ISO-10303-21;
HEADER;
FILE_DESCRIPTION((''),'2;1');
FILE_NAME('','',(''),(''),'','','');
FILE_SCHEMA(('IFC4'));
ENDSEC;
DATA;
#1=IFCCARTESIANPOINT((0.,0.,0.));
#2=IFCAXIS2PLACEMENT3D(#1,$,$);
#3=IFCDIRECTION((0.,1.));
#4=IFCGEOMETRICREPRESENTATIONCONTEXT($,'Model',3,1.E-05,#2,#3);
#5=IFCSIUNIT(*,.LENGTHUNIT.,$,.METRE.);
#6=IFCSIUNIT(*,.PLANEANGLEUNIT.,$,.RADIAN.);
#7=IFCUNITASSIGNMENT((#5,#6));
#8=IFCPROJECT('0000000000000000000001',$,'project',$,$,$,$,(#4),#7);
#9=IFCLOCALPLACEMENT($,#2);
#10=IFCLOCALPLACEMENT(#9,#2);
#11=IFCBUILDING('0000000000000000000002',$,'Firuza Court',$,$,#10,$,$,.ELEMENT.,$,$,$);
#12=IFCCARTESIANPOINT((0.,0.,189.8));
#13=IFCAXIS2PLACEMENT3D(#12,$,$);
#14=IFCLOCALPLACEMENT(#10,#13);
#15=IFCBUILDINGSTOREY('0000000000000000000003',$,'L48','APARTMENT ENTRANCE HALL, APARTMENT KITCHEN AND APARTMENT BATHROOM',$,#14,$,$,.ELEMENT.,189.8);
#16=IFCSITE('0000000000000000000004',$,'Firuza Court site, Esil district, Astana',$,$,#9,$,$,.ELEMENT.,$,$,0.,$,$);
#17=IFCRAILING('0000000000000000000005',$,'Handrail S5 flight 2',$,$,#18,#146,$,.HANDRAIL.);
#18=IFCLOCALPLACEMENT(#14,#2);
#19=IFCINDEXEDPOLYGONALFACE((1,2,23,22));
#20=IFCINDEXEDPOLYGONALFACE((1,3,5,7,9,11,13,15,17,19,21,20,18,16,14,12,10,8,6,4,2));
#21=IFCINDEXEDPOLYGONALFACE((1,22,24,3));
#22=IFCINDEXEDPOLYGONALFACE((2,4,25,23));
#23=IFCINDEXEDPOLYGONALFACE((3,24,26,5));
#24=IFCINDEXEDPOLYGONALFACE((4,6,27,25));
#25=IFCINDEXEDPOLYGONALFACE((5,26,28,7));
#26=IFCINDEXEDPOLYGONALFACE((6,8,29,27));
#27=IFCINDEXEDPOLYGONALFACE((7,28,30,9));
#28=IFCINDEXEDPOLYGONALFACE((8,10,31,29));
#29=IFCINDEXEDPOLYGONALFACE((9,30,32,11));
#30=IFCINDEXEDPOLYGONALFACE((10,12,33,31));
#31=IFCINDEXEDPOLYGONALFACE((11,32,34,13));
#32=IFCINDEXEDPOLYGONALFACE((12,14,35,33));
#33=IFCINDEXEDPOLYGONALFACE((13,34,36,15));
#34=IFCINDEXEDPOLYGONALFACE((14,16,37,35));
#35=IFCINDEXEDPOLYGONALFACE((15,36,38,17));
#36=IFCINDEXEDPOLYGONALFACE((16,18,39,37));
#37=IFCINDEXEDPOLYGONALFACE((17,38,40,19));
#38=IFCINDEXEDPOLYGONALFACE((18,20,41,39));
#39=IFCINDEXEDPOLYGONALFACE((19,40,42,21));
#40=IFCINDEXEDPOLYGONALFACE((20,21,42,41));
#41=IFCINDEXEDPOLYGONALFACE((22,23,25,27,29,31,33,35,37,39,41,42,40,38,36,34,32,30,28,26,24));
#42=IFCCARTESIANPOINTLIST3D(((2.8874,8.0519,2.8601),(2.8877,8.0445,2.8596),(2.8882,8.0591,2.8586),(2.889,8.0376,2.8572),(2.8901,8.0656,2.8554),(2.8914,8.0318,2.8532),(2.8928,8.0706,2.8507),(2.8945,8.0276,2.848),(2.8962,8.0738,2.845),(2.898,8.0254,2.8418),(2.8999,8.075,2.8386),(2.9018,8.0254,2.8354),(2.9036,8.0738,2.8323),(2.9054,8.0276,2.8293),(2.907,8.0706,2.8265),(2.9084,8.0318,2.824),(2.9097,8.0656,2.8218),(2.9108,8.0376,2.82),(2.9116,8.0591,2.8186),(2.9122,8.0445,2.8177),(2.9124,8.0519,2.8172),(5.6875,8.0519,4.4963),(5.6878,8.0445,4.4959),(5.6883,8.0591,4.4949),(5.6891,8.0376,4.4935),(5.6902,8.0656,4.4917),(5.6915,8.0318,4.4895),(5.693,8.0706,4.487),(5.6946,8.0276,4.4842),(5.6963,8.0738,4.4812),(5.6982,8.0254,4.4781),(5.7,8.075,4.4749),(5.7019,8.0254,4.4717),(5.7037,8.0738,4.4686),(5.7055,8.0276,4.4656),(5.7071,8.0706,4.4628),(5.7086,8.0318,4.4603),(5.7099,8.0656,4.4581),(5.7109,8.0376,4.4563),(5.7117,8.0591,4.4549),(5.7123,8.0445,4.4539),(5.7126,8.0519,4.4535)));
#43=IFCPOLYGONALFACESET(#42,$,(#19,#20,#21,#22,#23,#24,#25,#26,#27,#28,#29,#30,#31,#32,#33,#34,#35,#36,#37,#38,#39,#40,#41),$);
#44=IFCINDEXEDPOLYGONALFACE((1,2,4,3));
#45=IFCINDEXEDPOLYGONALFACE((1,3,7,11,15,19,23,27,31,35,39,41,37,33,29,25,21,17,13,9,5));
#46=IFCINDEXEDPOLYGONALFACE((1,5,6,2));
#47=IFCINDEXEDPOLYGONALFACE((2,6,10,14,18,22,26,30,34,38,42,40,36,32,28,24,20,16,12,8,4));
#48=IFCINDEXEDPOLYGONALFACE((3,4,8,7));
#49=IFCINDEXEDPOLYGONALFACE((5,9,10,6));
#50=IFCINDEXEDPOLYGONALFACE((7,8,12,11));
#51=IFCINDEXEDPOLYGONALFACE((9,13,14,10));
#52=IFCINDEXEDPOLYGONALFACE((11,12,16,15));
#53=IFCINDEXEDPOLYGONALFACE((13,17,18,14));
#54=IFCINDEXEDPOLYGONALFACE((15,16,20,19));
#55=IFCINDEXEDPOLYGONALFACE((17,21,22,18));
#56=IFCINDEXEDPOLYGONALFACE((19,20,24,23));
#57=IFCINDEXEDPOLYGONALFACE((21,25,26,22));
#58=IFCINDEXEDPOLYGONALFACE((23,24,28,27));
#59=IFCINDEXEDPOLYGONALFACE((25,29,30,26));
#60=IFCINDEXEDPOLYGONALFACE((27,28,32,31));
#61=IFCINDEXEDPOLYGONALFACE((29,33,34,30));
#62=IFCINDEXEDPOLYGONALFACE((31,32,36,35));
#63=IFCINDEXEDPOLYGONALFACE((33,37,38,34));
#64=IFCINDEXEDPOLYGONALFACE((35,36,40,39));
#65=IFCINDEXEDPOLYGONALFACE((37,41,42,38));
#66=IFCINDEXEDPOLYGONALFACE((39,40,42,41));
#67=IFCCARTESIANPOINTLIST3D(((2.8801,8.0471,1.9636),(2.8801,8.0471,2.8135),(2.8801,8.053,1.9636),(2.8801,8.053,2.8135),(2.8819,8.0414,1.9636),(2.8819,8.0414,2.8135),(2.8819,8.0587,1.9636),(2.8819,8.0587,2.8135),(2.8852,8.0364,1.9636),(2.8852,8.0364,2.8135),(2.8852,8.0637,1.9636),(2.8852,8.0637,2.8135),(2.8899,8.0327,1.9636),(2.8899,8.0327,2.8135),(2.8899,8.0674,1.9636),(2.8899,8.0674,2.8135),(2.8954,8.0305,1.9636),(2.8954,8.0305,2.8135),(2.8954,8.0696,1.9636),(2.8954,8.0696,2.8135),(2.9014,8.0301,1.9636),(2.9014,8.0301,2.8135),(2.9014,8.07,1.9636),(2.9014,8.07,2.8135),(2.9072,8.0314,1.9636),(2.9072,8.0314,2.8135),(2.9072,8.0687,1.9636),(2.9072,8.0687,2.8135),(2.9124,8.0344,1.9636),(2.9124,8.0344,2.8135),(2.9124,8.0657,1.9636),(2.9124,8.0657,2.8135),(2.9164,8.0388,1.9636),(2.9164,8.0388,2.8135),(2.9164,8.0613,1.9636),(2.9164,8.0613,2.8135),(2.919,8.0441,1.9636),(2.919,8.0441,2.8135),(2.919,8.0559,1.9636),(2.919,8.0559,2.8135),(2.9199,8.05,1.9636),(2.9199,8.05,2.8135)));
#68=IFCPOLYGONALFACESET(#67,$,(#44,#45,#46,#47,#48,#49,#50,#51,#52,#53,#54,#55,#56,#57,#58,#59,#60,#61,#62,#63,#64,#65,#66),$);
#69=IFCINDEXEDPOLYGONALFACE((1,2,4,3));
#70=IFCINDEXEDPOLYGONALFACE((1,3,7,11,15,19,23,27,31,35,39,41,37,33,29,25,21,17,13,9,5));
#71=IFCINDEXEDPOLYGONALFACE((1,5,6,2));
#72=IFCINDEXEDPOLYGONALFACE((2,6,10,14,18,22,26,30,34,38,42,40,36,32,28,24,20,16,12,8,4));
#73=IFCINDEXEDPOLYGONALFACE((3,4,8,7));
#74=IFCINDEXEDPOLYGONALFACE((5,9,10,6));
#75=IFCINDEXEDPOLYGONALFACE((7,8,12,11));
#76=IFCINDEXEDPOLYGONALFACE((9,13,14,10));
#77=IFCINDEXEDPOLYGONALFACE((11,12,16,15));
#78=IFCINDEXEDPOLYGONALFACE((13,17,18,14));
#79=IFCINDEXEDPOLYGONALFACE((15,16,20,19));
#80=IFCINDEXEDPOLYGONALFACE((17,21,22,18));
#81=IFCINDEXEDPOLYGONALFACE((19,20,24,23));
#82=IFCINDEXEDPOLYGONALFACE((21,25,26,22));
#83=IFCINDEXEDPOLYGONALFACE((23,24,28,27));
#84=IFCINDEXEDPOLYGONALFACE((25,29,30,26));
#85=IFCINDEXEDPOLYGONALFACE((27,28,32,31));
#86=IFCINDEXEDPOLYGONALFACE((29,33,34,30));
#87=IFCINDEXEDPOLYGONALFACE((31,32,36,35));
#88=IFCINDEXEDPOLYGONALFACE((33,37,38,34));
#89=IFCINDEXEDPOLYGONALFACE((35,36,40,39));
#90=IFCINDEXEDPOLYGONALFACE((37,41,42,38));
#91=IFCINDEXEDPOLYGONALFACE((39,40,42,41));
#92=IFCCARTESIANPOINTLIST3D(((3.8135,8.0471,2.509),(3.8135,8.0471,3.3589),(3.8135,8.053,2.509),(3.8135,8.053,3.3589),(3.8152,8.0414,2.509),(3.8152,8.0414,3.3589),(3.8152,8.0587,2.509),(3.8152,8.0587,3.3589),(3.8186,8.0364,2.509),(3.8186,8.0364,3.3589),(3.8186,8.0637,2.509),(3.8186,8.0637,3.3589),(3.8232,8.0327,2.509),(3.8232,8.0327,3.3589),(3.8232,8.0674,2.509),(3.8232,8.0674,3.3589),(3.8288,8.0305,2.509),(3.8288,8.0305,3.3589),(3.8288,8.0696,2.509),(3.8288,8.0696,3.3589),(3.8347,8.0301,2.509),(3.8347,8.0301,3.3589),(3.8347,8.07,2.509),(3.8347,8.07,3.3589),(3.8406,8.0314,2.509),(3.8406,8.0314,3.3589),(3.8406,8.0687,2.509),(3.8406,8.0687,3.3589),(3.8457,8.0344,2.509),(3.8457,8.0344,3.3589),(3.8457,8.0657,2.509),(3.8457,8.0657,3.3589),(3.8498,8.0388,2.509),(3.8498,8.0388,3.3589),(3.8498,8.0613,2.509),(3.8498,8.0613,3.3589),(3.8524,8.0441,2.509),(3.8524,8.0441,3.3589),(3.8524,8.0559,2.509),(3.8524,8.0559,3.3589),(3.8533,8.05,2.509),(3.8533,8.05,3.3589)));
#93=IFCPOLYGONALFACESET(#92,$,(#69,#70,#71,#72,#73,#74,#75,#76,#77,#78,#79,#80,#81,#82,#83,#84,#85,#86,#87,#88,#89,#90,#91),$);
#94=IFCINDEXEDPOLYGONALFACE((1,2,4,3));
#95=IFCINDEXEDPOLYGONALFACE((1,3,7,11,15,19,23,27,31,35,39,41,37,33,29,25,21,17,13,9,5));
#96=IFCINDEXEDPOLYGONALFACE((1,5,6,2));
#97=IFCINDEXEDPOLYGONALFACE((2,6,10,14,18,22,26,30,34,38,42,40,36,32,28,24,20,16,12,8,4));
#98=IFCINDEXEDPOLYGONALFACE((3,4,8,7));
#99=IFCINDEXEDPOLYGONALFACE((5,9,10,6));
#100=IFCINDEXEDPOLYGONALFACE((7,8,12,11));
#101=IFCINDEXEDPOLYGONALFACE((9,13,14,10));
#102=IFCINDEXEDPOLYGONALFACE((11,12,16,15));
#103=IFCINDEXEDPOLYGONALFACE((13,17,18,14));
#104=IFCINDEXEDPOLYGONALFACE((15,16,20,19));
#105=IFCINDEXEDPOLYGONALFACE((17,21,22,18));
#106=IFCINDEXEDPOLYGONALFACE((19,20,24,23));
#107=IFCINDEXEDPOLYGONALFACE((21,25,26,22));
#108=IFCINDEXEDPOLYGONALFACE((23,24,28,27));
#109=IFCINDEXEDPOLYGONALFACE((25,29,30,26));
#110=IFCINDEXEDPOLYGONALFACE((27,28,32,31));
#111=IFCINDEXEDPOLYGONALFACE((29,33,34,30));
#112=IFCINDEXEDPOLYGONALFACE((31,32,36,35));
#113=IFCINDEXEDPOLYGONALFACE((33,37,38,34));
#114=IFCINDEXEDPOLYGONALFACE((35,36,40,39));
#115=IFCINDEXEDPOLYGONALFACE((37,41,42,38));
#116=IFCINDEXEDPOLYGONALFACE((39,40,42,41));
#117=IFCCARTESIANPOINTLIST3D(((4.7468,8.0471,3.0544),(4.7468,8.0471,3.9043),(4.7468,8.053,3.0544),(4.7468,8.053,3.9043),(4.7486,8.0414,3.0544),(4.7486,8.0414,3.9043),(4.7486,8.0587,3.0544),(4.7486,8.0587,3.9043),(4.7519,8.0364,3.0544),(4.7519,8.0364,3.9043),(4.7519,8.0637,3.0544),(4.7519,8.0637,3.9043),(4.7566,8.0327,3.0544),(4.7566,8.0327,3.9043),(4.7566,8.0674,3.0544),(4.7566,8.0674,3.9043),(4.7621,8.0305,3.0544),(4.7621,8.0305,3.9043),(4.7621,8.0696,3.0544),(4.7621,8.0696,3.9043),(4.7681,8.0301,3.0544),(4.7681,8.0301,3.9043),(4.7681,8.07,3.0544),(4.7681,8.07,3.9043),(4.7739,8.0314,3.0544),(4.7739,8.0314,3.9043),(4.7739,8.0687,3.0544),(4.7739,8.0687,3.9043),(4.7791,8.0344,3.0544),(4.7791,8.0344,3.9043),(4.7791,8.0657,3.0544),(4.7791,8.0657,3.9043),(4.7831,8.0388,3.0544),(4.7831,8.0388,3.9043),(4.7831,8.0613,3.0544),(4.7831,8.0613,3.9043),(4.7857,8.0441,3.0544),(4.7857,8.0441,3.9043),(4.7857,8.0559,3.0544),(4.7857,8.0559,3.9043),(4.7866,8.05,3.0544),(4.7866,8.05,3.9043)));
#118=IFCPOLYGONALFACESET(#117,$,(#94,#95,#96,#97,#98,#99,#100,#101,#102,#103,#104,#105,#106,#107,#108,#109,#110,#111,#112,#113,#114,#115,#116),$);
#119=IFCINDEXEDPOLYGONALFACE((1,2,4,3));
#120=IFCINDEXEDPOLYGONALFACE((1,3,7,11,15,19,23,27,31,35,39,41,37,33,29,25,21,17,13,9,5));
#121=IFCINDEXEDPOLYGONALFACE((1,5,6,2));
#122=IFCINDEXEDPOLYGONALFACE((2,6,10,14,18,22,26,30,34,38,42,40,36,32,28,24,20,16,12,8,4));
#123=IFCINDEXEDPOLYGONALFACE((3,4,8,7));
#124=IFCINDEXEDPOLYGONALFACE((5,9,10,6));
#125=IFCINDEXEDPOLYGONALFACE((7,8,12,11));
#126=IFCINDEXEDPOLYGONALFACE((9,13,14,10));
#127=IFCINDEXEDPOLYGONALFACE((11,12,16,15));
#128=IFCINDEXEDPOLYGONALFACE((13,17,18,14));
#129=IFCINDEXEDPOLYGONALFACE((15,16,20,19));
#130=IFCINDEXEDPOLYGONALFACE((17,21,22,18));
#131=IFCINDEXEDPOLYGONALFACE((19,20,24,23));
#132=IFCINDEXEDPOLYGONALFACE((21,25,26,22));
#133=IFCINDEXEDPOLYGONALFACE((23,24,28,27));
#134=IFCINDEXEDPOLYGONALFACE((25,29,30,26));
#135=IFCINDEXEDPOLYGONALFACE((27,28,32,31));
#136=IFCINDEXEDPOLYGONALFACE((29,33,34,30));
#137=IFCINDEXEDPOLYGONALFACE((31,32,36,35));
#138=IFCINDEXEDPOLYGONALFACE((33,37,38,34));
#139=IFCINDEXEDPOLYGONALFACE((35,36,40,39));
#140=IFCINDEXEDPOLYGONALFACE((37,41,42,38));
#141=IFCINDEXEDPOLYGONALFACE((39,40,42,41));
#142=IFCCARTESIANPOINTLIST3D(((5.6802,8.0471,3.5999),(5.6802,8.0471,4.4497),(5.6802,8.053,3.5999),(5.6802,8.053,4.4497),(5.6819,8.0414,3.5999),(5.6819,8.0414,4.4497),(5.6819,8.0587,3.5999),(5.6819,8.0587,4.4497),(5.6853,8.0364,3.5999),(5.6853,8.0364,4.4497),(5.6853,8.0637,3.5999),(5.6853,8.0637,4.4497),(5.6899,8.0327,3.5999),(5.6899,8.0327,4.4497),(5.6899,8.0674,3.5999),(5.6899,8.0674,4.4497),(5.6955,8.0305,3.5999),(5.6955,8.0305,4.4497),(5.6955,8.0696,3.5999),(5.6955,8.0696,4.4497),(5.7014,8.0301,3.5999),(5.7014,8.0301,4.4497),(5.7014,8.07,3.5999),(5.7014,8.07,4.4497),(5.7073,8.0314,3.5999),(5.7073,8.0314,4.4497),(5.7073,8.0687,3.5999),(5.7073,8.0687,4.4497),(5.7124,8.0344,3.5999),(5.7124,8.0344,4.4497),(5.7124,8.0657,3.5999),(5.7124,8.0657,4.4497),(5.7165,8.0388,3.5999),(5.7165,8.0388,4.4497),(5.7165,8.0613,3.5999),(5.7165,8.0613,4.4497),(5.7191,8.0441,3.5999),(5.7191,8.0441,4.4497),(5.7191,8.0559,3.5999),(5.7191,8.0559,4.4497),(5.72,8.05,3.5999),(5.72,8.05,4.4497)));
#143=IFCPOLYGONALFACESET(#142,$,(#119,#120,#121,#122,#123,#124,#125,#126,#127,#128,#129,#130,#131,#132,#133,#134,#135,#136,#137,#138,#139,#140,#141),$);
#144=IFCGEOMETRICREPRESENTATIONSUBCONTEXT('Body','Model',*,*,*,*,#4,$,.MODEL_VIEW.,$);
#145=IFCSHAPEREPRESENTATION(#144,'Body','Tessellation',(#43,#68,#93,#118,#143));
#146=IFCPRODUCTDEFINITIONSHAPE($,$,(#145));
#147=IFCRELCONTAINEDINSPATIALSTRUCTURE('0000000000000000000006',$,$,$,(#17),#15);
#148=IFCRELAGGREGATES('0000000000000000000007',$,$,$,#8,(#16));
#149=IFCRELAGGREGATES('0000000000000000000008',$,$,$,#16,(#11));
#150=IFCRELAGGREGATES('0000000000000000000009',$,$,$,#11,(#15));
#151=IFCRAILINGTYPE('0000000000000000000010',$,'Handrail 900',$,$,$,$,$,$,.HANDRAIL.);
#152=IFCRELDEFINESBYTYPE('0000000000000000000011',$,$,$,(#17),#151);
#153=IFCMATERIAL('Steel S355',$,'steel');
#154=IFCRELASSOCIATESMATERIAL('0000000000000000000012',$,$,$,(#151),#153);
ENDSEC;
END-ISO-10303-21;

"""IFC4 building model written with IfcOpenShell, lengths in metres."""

from ifc_helpers import new_model, si_unit, direction, frame, origin, origin_2d, place, context, subcontext, project, spatial, circle, extrude, material, type_object, element, save


model = new_model("IFC4")

# Units and contexts
model_context = context("Model", 3, precision=1e-05, world=origin(), true_north=direction((0.0, 1.0)))
body_context = subcontext(model_context, "Body", "Model", "MODEL_VIEW")
ifc_project = project(units=[si_unit("LENGTHUNIT", "METRE"), si_unit("PLANEANGLEUNIT", "RADIAN")], contexts=[model_context])

# Site, building, storey
site_placement = place(None, origin())
site = spatial("IfcSite", under=ifc_project, at=site_placement, Name="Firuza Court site, Esil district, Astana", CompositionType="ELEMENT", RefElevation=0.0)
building_placement = place(site_placement, origin())
building = spatial("IfcBuilding", under=site, at=building_placement, Name="Firuza Court", CompositionType="ELEMENT")
storey_placement = place(building_placement, frame((0.0, 0.0, 189.8)))
storey = spatial("IfcBuildingStorey", under=building, at=storey_placement, Name="L48", Description="APARTMENT ENTRANCE HALL, APARTMENT KITCHEN AND APARTMENT BATHROOM", CompositionType="ELEMENT", Elevation=189.8)

# Railing
ifc_material_1 = material(Name="Steel S355", Category="steel")
railing_type_1 = type_object("IfcRailingType", Name="Handrail 900", PredefinedType="HANDRAIL", material=ifc_material_1)
railing_1_placement = place(storey_placement, frame((2.8999, 8.05, 1.9636)))
element("IfcRailing", 1, at=railing_1_placement, inside=storey, type_object=railing_type_1, Name="Handrail S5 flight 2", PredefinedType="HANDRAIL", context=body_context, shape_type="SweptSolid", body=[
    extrude(circle(Radius=0.0249, at=origin_2d()), frame((0.0, 0.0, 0.875), z_axis=(0.863394, 0.0, 0.504531), x_axis=(0.0, 1.0, 0.0)), (0.0, 0.0, 1.0), 3.2432),
    extrude(circle(Radius=0.02, at=origin_2d()), origin(), (0.0, 0.0, 1.0), 0.8499),
    extrude(circle(Radius=0.02, at=origin_2d()), frame((0.9333, 0.0, 0.5454)), (0.0, 0.0, 1.0), 0.8499),
    extrude(circle(Radius=0.02, at=origin_2d()), frame((1.8667, 0.0, 1.0908)), (0.0, 0.0, 1.0), 0.8499),
    extrude(circle(Radius=0.02, at=origin_2d()), frame((2.8, 0.0, 1.6362)), (0.0, 0.0, 1.0), 0.8499),
])

save(model, "model.ifc")
